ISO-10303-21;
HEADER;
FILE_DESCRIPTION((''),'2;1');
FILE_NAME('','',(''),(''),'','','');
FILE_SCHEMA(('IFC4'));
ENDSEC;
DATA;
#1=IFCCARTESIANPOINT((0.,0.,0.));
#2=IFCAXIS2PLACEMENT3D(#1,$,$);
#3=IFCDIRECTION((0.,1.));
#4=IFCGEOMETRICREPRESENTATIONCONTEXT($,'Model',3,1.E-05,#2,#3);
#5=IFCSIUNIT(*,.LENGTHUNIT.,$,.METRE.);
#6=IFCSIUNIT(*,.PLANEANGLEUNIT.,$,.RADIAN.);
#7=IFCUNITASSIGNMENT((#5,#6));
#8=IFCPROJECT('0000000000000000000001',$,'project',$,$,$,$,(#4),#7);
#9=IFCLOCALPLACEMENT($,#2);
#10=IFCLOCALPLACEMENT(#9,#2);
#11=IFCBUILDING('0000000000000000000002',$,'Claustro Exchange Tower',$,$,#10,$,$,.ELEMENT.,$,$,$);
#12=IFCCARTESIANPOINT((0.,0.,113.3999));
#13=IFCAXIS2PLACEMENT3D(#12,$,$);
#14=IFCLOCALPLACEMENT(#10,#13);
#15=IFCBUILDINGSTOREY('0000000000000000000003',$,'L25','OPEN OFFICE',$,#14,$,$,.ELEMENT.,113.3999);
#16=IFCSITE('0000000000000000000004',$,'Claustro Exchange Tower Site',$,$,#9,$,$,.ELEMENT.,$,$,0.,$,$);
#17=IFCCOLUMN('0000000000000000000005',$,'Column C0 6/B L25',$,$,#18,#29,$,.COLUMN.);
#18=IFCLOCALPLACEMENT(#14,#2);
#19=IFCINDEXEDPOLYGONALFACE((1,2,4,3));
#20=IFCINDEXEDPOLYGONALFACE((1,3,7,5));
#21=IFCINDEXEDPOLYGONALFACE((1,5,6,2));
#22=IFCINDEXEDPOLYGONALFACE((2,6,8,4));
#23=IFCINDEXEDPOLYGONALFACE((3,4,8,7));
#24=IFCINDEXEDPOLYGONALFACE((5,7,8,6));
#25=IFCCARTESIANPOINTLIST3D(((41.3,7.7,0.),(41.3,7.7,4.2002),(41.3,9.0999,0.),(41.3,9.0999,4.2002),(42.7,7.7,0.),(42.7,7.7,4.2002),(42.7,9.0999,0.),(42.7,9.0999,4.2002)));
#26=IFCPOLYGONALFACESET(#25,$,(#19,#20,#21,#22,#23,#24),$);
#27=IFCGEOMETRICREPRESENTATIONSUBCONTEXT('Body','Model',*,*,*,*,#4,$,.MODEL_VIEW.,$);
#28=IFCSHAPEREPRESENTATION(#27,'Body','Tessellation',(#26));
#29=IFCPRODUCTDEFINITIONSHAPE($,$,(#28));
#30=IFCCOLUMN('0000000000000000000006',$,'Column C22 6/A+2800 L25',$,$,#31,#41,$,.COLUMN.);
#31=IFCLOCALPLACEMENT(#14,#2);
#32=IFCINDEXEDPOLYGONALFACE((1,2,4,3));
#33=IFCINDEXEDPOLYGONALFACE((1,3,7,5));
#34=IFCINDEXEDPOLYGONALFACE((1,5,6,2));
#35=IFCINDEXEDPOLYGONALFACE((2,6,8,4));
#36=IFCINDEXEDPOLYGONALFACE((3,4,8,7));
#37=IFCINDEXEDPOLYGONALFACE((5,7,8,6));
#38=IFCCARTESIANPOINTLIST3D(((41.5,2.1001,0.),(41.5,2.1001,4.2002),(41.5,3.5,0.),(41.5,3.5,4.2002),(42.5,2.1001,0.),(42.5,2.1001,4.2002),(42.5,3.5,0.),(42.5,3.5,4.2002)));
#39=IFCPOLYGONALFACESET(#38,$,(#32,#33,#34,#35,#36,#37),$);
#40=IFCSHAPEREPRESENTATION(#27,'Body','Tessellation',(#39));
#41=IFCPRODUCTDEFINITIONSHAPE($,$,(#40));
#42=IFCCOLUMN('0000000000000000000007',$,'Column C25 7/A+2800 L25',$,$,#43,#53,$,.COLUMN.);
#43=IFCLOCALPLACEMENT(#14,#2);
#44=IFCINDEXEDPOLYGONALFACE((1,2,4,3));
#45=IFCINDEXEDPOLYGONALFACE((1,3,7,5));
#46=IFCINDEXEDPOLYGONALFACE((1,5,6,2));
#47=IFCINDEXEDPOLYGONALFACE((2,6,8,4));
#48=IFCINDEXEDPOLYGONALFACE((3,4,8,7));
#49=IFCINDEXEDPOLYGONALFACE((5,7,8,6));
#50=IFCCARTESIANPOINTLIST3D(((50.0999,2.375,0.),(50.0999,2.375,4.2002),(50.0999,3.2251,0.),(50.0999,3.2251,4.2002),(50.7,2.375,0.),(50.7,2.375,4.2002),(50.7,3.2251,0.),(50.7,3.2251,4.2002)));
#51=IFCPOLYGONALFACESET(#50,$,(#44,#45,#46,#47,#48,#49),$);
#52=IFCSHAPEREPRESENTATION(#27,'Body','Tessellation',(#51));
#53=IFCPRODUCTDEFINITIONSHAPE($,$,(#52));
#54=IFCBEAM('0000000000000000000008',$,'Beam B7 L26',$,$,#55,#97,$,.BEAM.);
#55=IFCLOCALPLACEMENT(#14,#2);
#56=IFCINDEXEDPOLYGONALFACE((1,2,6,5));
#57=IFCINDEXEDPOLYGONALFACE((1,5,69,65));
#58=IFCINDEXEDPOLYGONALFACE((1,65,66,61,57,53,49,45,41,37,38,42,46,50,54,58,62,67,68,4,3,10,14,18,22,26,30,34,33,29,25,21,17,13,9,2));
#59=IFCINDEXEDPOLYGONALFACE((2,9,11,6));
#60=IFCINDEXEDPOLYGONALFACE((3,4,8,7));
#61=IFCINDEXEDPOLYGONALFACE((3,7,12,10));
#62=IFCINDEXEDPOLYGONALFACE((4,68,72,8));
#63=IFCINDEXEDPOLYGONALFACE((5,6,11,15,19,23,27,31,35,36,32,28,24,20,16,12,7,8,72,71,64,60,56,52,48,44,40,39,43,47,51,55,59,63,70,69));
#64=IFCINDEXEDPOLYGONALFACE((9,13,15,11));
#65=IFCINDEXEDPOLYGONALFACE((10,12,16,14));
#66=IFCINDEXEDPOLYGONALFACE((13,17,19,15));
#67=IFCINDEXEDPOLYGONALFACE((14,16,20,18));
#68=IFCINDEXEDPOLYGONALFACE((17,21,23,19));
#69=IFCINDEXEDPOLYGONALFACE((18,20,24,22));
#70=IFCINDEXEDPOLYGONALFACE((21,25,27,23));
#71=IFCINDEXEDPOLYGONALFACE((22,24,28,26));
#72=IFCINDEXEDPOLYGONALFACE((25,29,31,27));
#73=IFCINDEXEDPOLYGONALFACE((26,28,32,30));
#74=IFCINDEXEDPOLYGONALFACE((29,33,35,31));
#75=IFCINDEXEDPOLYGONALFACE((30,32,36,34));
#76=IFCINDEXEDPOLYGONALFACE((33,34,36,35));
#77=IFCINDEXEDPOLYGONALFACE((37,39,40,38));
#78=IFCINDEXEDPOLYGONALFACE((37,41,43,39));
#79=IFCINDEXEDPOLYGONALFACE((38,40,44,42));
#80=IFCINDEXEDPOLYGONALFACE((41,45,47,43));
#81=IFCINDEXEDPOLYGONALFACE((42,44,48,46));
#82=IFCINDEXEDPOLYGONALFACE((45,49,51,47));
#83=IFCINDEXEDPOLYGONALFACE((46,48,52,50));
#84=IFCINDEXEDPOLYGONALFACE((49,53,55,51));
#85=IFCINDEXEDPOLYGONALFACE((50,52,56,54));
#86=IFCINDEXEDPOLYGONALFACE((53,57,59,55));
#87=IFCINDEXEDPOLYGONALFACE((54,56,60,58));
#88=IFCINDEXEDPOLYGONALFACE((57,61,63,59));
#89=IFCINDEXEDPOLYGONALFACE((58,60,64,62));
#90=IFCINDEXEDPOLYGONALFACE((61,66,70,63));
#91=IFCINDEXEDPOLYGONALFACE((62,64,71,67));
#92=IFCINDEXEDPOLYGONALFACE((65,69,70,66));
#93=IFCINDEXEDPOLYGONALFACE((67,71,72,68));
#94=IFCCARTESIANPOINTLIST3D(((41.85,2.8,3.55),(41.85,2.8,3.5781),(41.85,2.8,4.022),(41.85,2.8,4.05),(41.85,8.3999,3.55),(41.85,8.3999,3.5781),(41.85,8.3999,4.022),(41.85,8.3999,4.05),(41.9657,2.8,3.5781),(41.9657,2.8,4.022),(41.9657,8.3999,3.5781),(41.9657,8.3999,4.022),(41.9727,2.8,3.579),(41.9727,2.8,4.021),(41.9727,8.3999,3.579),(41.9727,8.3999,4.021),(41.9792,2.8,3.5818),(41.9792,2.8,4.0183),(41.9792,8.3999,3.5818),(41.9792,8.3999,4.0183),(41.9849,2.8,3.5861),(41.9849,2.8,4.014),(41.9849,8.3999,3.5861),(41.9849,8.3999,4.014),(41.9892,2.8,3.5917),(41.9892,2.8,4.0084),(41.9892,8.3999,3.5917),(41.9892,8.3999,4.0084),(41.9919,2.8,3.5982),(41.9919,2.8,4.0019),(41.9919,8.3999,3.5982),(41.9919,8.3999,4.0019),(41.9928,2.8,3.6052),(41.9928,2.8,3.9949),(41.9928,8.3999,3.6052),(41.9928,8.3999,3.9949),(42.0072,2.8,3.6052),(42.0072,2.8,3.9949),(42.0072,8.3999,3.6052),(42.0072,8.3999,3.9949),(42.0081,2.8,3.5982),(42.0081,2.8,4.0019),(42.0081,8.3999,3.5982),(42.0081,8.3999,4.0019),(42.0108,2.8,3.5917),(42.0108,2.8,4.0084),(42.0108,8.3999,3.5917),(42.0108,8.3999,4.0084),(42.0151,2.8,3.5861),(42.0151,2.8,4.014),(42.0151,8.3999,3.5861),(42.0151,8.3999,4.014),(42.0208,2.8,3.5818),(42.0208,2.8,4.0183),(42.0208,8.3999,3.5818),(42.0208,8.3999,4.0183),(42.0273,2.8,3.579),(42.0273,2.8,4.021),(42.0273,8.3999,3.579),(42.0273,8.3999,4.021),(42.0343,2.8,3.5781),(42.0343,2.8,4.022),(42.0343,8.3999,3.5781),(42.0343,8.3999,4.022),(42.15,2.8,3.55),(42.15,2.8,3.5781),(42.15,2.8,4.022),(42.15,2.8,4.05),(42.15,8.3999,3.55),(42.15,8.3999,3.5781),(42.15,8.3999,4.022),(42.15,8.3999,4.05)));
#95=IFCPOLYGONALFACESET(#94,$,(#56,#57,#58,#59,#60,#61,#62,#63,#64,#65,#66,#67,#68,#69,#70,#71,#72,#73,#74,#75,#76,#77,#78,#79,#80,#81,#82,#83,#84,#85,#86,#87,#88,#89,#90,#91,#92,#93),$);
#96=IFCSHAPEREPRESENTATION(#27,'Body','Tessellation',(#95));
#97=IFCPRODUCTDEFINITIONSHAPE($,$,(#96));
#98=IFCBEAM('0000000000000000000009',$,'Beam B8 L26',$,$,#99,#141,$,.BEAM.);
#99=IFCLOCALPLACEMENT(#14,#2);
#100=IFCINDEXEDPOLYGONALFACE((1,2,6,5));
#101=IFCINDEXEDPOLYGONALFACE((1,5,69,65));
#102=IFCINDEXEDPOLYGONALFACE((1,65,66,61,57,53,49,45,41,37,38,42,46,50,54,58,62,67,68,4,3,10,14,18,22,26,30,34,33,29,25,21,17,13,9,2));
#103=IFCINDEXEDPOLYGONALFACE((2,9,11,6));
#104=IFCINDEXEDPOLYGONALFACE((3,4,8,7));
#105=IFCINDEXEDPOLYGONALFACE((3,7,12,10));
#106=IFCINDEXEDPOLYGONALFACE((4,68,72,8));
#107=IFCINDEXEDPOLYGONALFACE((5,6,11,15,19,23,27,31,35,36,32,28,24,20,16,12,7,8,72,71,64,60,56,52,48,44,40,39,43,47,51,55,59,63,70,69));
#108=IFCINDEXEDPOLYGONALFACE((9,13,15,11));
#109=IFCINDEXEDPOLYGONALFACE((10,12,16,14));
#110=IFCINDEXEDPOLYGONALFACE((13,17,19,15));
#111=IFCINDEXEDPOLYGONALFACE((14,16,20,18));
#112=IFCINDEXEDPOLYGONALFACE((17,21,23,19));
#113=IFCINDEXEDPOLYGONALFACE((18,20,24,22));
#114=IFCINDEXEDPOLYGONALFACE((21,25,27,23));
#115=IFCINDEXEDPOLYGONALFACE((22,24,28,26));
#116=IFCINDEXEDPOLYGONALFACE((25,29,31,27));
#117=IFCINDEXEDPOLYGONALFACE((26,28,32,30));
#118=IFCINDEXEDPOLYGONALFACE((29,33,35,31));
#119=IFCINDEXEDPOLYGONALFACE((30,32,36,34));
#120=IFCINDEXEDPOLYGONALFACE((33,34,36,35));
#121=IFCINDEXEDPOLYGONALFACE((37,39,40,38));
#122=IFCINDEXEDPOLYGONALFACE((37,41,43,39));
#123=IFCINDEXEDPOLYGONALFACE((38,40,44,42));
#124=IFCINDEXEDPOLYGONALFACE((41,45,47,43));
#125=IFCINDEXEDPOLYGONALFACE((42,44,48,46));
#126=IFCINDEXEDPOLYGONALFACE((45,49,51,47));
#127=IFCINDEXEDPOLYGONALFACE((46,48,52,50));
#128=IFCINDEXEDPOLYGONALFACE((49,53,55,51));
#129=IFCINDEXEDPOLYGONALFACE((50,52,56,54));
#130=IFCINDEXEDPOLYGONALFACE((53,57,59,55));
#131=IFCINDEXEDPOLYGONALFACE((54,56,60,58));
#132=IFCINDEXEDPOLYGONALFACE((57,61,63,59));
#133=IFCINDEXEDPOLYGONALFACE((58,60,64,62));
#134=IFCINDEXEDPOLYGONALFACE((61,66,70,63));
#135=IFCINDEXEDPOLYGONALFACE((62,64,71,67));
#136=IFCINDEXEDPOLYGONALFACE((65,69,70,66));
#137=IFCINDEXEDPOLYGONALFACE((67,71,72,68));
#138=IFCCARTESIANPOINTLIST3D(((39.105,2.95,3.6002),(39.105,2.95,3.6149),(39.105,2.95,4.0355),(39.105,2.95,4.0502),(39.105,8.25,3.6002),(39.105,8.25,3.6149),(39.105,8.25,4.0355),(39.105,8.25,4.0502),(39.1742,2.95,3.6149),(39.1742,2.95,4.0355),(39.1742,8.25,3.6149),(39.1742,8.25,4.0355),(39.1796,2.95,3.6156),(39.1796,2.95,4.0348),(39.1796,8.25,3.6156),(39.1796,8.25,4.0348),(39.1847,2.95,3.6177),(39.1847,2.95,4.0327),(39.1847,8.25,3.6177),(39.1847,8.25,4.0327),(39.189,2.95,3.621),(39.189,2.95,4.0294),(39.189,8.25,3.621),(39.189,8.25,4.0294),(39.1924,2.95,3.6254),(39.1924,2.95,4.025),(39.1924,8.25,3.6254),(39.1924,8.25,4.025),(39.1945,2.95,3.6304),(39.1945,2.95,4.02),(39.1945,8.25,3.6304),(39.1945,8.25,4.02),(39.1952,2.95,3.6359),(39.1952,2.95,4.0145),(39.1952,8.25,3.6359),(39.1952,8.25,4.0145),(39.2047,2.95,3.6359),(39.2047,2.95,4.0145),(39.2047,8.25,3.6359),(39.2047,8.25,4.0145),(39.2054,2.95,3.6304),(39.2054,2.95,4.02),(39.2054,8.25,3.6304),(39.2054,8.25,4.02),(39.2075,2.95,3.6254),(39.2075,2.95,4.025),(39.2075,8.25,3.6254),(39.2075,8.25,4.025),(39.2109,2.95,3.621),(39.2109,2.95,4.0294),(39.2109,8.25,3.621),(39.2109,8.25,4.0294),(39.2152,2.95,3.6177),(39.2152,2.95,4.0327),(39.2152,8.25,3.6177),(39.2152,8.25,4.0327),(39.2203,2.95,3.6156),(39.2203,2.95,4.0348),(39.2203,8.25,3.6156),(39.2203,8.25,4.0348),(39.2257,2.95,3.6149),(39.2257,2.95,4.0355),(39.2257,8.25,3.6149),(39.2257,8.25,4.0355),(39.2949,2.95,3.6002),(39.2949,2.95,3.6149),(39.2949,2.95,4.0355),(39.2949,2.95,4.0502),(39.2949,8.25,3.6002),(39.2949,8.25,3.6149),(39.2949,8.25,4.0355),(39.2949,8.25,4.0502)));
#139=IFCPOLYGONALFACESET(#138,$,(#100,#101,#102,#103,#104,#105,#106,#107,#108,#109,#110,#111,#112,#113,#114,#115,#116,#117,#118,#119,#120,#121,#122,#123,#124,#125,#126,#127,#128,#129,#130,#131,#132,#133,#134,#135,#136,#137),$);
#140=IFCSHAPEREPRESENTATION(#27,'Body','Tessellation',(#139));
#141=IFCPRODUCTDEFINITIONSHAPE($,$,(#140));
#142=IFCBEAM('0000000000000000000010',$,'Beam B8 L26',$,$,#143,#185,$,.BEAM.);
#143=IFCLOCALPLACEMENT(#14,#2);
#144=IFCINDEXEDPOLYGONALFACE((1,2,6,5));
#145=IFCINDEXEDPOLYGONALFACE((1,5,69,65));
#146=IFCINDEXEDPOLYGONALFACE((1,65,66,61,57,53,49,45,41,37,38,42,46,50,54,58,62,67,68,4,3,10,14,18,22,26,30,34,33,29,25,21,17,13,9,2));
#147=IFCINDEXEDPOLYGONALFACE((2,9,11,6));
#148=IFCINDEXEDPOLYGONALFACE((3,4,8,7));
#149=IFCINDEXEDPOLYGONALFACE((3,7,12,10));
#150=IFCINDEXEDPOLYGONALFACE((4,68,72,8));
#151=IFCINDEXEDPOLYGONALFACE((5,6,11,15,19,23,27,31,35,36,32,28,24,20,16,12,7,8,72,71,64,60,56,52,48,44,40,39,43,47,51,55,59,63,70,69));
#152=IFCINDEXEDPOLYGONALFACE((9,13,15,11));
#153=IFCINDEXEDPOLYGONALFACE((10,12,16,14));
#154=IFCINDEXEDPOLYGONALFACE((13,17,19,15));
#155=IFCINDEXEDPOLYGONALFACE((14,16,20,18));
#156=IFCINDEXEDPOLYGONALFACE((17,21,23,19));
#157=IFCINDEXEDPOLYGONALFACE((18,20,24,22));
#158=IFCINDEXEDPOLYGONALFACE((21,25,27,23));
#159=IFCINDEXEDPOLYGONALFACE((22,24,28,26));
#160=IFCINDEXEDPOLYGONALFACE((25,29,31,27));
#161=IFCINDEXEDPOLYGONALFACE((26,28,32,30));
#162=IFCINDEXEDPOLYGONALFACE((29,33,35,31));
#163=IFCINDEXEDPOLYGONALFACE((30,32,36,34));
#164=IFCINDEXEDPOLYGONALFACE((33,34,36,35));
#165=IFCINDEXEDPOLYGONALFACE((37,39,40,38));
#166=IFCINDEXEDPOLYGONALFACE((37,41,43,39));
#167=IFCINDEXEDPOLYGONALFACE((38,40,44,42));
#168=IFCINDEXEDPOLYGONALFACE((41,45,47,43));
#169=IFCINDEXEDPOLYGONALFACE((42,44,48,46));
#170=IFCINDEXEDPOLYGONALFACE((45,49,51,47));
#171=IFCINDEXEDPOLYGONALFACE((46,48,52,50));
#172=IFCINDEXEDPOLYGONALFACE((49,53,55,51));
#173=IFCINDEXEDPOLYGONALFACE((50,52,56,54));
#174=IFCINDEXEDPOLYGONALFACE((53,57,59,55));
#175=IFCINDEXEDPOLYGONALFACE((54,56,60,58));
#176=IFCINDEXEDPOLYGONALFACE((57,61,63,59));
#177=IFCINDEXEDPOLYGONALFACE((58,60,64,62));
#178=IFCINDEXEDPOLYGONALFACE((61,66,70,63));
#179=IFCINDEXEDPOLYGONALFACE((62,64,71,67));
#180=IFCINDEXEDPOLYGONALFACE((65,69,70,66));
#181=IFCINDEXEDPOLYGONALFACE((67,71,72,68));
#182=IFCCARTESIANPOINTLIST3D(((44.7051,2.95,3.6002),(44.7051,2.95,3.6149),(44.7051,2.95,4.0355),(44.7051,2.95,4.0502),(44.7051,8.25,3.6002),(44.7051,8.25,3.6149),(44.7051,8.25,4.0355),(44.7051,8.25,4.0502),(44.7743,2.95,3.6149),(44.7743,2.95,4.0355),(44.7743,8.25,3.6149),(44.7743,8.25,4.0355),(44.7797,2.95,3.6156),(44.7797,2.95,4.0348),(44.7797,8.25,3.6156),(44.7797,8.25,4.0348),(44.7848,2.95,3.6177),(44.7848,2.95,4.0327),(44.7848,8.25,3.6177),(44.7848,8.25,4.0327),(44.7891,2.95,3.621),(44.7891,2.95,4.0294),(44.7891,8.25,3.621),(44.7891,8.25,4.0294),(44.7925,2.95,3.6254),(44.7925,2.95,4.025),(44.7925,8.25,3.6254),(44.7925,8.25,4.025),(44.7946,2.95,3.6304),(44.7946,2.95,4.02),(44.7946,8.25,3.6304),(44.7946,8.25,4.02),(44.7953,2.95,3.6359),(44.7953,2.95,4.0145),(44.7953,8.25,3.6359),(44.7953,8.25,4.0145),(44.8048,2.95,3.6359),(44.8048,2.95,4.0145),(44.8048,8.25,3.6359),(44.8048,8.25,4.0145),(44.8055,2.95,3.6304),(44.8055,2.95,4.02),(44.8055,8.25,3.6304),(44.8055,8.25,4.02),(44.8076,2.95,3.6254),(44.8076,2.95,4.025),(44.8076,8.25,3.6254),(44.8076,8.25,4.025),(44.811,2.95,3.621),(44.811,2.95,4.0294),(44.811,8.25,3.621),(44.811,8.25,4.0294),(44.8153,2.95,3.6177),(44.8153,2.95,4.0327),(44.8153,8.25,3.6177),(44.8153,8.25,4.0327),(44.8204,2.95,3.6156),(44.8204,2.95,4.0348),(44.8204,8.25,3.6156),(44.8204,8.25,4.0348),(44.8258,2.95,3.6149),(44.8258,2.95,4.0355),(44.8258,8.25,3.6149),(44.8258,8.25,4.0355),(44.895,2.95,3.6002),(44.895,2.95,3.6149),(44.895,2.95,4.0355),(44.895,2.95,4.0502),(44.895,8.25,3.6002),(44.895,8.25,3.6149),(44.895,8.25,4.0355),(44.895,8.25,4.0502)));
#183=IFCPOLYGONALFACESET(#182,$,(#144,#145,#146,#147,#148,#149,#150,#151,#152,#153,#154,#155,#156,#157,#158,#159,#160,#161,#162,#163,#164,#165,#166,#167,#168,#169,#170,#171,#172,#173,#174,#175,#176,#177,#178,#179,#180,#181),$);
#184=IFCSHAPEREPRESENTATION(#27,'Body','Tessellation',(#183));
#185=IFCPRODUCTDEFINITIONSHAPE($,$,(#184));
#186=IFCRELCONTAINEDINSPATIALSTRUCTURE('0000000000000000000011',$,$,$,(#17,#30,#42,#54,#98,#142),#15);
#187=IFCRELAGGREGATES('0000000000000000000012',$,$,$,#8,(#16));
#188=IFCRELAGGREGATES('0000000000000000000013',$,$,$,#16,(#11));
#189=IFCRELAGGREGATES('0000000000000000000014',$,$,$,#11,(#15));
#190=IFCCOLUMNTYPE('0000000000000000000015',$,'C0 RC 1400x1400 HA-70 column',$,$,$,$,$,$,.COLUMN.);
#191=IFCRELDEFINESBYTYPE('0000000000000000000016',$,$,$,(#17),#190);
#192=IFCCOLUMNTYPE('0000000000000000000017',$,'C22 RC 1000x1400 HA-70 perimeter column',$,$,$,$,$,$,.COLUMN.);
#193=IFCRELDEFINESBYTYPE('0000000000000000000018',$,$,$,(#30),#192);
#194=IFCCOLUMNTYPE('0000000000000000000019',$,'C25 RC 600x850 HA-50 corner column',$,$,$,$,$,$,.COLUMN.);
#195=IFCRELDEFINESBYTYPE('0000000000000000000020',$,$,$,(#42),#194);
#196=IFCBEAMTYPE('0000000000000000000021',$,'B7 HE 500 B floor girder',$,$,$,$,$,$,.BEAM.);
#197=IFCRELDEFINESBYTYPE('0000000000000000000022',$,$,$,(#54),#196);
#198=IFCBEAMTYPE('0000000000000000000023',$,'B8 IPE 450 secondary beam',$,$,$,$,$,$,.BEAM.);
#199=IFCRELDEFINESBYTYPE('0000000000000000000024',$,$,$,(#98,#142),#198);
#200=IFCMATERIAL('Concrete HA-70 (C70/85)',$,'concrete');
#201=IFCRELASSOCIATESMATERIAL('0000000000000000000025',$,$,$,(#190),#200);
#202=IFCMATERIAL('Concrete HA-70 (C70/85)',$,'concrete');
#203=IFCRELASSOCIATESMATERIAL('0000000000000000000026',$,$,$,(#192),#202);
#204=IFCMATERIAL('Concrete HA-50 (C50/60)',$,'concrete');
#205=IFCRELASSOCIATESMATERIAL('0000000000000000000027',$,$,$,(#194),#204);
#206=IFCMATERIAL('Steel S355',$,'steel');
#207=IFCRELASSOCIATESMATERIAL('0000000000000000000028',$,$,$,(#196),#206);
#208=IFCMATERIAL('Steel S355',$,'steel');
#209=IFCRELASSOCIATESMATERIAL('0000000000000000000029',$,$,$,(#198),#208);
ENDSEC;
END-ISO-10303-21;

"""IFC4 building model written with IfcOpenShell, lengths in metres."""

from ifc_helpers import new_model, si_unit, direction, frame, origin, origin_2d, place, context, subcontext, project, spatial, rectangle, i_section, extrude, material, material_profile, profile_set, type_object, element, save


model = new_model("IFC4")

# Units and contexts
model_context = context("Model", 3, precision=1e-05, world=origin(), true_north=direction((0.0, 1.0)))
body_context = subcontext(model_context, "Body", "Model", "MODEL_VIEW")
ifc_project = project(units=[si_unit("LENGTHUNIT", "METRE"), si_unit("PLANEANGLEUNIT", "RADIAN")], contexts=[model_context])

# Site, building, storey
site_placement = place(None, origin())
site = spatial("IfcSite", under=ifc_project, at=site_placement, Name="Claustro Exchange Tower Site", CompositionType="ELEMENT", RefElevation=0.0)
building_placement = place(site_placement, origin())
building = spatial("IfcBuilding", under=site, at=building_placement, Name="Claustro Exchange Tower", CompositionType="ELEMENT")
storey_placement = place(building_placement, frame((0.0, 0.0, 113.3999)))
storey = spatial("IfcBuildingStorey", under=building, at=storey_placement, Name="L25", Description="OPEN OFFICE", CompositionType="ELEMENT", Elevation=113.3999)

# Columns
ifc_material_1 = material(Name="Concrete HA-70 (C70/85)", Category="concrete")
ifc_material_profile_1 = material_profile(ifc_material_1, rectangle(XDim=1.3999, YDim=1.3999, at=origin_2d()), Name="RC 1400x1400")
ifc_profile_set_1 = profile_set([ifc_material_profile_1], Name="Concrete HA-70 (C70/85)")
column_type_1 = type_object("IfcColumnType", Name="C0 RC 1400x1400 HA-70 column", PredefinedType="COLUMN", material=ifc_profile_set_1)
column_1_placement = place(storey_placement, frame((42.0, 8.3999, 0.0), z_axis=(0.0, 0.0, 1.0), x_axis=(1.0, 0.0, 0.0)))
element("IfcColumn", 1, at=column_1_placement, inside=storey, type_object=column_type_1, Name="Column C0 6/B L25", PredefinedType="COLUMN", context=body_context, shape_type="SweptSolid", body=[
    extrude(rectangle(XDim=1.3999, YDim=1.3999, at=origin_2d()), origin(), (0.0, 0.0, 1.0), 4.2002),
])
ifc_material_2 = material(Name="Concrete HA-70 (C70/85)", Category="concrete")
ifc_material_profile_2 = material_profile(ifc_material_2, rectangle(XDim=1.0, YDim=1.3999, at=origin_2d()), Name="RC 1000x1400")
ifc_profile_set_2 = profile_set([ifc_material_profile_2], Name="Concrete HA-70 (C70/85)")
column_type_2 = type_object("IfcColumnType", Name="C22 RC 1000x1400 HA-70 perimeter column", PredefinedType="COLUMN", material=ifc_profile_set_2)
column_2_placement = place(storey_placement, frame((42.0, 2.8, 0.0), z_axis=(0.0, 0.0, 1.0), x_axis=(1.0, 0.0, 0.0)))
element("IfcColumn", 2, at=column_2_placement, inside=storey, type_object=column_type_2, Name="Column C22 6/A+2800 L25", PredefinedType="COLUMN", context=body_context, shape_type="SweptSolid", body=[
    extrude(rectangle(XDim=1.0, YDim=1.3999, at=origin_2d()), origin(), (0.0, 0.0, 1.0), 4.2002),
])
ifc_material_3 = material(Name="Concrete HA-50 (C50/60)", Category="concrete")
ifc_material_profile_3 = material_profile(ifc_material_3, rectangle(XDim=0.6001, YDim=0.8501, at=origin_2d()), Name="RC 600x850")
ifc_profile_set_3 = profile_set([ifc_material_profile_3], Name="Concrete HA-50 (C50/60)")
column_type_3 = type_object("IfcColumnType", Name="C25 RC 600x850 HA-50 corner column", PredefinedType="COLUMN", material=ifc_profile_set_3)
column_3_placement = place(storey_placement, frame((50.3999, 2.8, 0.0), z_axis=(0.0, 0.0, 1.0), x_axis=(1.0, 0.0, 0.0)))
element("IfcColumn", 3, at=column_3_placement, inside=storey, type_object=column_type_3, Name="Column C25 7/A+2800 L25", PredefinedType="COLUMN", context=body_context, shape_type="SweptSolid", body=[
    extrude(rectangle(XDim=0.6001, YDim=0.8501, at=origin_2d()), origin(), (0.0, 0.0, 1.0), 4.2002),
])

# Beams
ifc_material_4 = material(Name="Steel S355", Category="steel")
ifc_material_profile_4 = material_profile(ifc_material_4, i_section(OverallWidth=0.3, OverallDepth=0.5, WebThickness=0.0144, FlangeThickness=0.0281, FilletRadius=0.0271, at=origin_2d()), Name="HE 500 B")
ifc_profile_set_4 = profile_set([ifc_material_profile_4], Name="Steel S355")
beam_type_1 = type_object("IfcBeamType", Name="B7 HE 500 B floor girder", PredefinedType="BEAM", material=ifc_profile_set_4)
beam_1_placement = place(storey_placement, frame((42.0, 2.8, 3.8), z_axis=(0.0, 1.0, 0.0), x_axis=(-1.0, 0.0, 0.0)))
element("IfcBeam", 4, at=beam_1_placement, inside=storey, type_object=beam_type_1, Name="Beam B7 L26", PredefinedType="BEAM", context=body_context, shape_type="SweptSolid", body=[
    extrude(i_section(OverallWidth=0.3, OverallDepth=0.5, WebThickness=0.0144, FlangeThickness=0.0281, FilletRadius=0.0271, at=origin_2d()), origin(), (0.0, 0.0, 1.0), 5.5999),
])
ifc_material_5 = material(Name="Steel S355", Category="steel")
ifc_material_profile_5 = material_profile(ifc_material_5, i_section(OverallWidth=0.1899, OverallDepth=0.45, WebThickness=0.0095, FlangeThickness=0.0146, FilletRadius=0.021, at=origin_2d()), Name="IPE 450")
ifc_profile_set_5 = profile_set([ifc_material_profile_5], Name="Steel S355")
beam_type_2 = type_object("IfcBeamType", Name="B8 IPE 450 secondary beam", PredefinedType="BEAM", material=ifc_profile_set_5)
for number, where, z_axis, x_axis, name in (
    (5, (39.2, 2.95, 3.8252), (0.0, 1.0, 0.0), (-1.0, 0.0, 0.0), "Beam B8 L26"),
    (6, (44.8, 2.95, 3.8252), (0.0, 1.0, 0.0), (-1.0, 0.0, 0.0), "Beam B8 L26"),
):
    element("IfcBeam", number, at=place(storey_placement, frame(where, z_axis=z_axis, x_axis=x_axis)), inside=storey, type_object=beam_type_2, Name=name, PredefinedType="BEAM", context=body_context, shape_type="SweptSolid", body=[
        extrude(i_section(OverallWidth=0.1899, OverallDepth=0.45, WebThickness=0.0095, FlangeThickness=0.0146, FilletRadius=0.021, at=origin_2d()), origin(), (0.0, 0.0, 1.0), 5.3),
    ])

save(model, "model.ifc")
